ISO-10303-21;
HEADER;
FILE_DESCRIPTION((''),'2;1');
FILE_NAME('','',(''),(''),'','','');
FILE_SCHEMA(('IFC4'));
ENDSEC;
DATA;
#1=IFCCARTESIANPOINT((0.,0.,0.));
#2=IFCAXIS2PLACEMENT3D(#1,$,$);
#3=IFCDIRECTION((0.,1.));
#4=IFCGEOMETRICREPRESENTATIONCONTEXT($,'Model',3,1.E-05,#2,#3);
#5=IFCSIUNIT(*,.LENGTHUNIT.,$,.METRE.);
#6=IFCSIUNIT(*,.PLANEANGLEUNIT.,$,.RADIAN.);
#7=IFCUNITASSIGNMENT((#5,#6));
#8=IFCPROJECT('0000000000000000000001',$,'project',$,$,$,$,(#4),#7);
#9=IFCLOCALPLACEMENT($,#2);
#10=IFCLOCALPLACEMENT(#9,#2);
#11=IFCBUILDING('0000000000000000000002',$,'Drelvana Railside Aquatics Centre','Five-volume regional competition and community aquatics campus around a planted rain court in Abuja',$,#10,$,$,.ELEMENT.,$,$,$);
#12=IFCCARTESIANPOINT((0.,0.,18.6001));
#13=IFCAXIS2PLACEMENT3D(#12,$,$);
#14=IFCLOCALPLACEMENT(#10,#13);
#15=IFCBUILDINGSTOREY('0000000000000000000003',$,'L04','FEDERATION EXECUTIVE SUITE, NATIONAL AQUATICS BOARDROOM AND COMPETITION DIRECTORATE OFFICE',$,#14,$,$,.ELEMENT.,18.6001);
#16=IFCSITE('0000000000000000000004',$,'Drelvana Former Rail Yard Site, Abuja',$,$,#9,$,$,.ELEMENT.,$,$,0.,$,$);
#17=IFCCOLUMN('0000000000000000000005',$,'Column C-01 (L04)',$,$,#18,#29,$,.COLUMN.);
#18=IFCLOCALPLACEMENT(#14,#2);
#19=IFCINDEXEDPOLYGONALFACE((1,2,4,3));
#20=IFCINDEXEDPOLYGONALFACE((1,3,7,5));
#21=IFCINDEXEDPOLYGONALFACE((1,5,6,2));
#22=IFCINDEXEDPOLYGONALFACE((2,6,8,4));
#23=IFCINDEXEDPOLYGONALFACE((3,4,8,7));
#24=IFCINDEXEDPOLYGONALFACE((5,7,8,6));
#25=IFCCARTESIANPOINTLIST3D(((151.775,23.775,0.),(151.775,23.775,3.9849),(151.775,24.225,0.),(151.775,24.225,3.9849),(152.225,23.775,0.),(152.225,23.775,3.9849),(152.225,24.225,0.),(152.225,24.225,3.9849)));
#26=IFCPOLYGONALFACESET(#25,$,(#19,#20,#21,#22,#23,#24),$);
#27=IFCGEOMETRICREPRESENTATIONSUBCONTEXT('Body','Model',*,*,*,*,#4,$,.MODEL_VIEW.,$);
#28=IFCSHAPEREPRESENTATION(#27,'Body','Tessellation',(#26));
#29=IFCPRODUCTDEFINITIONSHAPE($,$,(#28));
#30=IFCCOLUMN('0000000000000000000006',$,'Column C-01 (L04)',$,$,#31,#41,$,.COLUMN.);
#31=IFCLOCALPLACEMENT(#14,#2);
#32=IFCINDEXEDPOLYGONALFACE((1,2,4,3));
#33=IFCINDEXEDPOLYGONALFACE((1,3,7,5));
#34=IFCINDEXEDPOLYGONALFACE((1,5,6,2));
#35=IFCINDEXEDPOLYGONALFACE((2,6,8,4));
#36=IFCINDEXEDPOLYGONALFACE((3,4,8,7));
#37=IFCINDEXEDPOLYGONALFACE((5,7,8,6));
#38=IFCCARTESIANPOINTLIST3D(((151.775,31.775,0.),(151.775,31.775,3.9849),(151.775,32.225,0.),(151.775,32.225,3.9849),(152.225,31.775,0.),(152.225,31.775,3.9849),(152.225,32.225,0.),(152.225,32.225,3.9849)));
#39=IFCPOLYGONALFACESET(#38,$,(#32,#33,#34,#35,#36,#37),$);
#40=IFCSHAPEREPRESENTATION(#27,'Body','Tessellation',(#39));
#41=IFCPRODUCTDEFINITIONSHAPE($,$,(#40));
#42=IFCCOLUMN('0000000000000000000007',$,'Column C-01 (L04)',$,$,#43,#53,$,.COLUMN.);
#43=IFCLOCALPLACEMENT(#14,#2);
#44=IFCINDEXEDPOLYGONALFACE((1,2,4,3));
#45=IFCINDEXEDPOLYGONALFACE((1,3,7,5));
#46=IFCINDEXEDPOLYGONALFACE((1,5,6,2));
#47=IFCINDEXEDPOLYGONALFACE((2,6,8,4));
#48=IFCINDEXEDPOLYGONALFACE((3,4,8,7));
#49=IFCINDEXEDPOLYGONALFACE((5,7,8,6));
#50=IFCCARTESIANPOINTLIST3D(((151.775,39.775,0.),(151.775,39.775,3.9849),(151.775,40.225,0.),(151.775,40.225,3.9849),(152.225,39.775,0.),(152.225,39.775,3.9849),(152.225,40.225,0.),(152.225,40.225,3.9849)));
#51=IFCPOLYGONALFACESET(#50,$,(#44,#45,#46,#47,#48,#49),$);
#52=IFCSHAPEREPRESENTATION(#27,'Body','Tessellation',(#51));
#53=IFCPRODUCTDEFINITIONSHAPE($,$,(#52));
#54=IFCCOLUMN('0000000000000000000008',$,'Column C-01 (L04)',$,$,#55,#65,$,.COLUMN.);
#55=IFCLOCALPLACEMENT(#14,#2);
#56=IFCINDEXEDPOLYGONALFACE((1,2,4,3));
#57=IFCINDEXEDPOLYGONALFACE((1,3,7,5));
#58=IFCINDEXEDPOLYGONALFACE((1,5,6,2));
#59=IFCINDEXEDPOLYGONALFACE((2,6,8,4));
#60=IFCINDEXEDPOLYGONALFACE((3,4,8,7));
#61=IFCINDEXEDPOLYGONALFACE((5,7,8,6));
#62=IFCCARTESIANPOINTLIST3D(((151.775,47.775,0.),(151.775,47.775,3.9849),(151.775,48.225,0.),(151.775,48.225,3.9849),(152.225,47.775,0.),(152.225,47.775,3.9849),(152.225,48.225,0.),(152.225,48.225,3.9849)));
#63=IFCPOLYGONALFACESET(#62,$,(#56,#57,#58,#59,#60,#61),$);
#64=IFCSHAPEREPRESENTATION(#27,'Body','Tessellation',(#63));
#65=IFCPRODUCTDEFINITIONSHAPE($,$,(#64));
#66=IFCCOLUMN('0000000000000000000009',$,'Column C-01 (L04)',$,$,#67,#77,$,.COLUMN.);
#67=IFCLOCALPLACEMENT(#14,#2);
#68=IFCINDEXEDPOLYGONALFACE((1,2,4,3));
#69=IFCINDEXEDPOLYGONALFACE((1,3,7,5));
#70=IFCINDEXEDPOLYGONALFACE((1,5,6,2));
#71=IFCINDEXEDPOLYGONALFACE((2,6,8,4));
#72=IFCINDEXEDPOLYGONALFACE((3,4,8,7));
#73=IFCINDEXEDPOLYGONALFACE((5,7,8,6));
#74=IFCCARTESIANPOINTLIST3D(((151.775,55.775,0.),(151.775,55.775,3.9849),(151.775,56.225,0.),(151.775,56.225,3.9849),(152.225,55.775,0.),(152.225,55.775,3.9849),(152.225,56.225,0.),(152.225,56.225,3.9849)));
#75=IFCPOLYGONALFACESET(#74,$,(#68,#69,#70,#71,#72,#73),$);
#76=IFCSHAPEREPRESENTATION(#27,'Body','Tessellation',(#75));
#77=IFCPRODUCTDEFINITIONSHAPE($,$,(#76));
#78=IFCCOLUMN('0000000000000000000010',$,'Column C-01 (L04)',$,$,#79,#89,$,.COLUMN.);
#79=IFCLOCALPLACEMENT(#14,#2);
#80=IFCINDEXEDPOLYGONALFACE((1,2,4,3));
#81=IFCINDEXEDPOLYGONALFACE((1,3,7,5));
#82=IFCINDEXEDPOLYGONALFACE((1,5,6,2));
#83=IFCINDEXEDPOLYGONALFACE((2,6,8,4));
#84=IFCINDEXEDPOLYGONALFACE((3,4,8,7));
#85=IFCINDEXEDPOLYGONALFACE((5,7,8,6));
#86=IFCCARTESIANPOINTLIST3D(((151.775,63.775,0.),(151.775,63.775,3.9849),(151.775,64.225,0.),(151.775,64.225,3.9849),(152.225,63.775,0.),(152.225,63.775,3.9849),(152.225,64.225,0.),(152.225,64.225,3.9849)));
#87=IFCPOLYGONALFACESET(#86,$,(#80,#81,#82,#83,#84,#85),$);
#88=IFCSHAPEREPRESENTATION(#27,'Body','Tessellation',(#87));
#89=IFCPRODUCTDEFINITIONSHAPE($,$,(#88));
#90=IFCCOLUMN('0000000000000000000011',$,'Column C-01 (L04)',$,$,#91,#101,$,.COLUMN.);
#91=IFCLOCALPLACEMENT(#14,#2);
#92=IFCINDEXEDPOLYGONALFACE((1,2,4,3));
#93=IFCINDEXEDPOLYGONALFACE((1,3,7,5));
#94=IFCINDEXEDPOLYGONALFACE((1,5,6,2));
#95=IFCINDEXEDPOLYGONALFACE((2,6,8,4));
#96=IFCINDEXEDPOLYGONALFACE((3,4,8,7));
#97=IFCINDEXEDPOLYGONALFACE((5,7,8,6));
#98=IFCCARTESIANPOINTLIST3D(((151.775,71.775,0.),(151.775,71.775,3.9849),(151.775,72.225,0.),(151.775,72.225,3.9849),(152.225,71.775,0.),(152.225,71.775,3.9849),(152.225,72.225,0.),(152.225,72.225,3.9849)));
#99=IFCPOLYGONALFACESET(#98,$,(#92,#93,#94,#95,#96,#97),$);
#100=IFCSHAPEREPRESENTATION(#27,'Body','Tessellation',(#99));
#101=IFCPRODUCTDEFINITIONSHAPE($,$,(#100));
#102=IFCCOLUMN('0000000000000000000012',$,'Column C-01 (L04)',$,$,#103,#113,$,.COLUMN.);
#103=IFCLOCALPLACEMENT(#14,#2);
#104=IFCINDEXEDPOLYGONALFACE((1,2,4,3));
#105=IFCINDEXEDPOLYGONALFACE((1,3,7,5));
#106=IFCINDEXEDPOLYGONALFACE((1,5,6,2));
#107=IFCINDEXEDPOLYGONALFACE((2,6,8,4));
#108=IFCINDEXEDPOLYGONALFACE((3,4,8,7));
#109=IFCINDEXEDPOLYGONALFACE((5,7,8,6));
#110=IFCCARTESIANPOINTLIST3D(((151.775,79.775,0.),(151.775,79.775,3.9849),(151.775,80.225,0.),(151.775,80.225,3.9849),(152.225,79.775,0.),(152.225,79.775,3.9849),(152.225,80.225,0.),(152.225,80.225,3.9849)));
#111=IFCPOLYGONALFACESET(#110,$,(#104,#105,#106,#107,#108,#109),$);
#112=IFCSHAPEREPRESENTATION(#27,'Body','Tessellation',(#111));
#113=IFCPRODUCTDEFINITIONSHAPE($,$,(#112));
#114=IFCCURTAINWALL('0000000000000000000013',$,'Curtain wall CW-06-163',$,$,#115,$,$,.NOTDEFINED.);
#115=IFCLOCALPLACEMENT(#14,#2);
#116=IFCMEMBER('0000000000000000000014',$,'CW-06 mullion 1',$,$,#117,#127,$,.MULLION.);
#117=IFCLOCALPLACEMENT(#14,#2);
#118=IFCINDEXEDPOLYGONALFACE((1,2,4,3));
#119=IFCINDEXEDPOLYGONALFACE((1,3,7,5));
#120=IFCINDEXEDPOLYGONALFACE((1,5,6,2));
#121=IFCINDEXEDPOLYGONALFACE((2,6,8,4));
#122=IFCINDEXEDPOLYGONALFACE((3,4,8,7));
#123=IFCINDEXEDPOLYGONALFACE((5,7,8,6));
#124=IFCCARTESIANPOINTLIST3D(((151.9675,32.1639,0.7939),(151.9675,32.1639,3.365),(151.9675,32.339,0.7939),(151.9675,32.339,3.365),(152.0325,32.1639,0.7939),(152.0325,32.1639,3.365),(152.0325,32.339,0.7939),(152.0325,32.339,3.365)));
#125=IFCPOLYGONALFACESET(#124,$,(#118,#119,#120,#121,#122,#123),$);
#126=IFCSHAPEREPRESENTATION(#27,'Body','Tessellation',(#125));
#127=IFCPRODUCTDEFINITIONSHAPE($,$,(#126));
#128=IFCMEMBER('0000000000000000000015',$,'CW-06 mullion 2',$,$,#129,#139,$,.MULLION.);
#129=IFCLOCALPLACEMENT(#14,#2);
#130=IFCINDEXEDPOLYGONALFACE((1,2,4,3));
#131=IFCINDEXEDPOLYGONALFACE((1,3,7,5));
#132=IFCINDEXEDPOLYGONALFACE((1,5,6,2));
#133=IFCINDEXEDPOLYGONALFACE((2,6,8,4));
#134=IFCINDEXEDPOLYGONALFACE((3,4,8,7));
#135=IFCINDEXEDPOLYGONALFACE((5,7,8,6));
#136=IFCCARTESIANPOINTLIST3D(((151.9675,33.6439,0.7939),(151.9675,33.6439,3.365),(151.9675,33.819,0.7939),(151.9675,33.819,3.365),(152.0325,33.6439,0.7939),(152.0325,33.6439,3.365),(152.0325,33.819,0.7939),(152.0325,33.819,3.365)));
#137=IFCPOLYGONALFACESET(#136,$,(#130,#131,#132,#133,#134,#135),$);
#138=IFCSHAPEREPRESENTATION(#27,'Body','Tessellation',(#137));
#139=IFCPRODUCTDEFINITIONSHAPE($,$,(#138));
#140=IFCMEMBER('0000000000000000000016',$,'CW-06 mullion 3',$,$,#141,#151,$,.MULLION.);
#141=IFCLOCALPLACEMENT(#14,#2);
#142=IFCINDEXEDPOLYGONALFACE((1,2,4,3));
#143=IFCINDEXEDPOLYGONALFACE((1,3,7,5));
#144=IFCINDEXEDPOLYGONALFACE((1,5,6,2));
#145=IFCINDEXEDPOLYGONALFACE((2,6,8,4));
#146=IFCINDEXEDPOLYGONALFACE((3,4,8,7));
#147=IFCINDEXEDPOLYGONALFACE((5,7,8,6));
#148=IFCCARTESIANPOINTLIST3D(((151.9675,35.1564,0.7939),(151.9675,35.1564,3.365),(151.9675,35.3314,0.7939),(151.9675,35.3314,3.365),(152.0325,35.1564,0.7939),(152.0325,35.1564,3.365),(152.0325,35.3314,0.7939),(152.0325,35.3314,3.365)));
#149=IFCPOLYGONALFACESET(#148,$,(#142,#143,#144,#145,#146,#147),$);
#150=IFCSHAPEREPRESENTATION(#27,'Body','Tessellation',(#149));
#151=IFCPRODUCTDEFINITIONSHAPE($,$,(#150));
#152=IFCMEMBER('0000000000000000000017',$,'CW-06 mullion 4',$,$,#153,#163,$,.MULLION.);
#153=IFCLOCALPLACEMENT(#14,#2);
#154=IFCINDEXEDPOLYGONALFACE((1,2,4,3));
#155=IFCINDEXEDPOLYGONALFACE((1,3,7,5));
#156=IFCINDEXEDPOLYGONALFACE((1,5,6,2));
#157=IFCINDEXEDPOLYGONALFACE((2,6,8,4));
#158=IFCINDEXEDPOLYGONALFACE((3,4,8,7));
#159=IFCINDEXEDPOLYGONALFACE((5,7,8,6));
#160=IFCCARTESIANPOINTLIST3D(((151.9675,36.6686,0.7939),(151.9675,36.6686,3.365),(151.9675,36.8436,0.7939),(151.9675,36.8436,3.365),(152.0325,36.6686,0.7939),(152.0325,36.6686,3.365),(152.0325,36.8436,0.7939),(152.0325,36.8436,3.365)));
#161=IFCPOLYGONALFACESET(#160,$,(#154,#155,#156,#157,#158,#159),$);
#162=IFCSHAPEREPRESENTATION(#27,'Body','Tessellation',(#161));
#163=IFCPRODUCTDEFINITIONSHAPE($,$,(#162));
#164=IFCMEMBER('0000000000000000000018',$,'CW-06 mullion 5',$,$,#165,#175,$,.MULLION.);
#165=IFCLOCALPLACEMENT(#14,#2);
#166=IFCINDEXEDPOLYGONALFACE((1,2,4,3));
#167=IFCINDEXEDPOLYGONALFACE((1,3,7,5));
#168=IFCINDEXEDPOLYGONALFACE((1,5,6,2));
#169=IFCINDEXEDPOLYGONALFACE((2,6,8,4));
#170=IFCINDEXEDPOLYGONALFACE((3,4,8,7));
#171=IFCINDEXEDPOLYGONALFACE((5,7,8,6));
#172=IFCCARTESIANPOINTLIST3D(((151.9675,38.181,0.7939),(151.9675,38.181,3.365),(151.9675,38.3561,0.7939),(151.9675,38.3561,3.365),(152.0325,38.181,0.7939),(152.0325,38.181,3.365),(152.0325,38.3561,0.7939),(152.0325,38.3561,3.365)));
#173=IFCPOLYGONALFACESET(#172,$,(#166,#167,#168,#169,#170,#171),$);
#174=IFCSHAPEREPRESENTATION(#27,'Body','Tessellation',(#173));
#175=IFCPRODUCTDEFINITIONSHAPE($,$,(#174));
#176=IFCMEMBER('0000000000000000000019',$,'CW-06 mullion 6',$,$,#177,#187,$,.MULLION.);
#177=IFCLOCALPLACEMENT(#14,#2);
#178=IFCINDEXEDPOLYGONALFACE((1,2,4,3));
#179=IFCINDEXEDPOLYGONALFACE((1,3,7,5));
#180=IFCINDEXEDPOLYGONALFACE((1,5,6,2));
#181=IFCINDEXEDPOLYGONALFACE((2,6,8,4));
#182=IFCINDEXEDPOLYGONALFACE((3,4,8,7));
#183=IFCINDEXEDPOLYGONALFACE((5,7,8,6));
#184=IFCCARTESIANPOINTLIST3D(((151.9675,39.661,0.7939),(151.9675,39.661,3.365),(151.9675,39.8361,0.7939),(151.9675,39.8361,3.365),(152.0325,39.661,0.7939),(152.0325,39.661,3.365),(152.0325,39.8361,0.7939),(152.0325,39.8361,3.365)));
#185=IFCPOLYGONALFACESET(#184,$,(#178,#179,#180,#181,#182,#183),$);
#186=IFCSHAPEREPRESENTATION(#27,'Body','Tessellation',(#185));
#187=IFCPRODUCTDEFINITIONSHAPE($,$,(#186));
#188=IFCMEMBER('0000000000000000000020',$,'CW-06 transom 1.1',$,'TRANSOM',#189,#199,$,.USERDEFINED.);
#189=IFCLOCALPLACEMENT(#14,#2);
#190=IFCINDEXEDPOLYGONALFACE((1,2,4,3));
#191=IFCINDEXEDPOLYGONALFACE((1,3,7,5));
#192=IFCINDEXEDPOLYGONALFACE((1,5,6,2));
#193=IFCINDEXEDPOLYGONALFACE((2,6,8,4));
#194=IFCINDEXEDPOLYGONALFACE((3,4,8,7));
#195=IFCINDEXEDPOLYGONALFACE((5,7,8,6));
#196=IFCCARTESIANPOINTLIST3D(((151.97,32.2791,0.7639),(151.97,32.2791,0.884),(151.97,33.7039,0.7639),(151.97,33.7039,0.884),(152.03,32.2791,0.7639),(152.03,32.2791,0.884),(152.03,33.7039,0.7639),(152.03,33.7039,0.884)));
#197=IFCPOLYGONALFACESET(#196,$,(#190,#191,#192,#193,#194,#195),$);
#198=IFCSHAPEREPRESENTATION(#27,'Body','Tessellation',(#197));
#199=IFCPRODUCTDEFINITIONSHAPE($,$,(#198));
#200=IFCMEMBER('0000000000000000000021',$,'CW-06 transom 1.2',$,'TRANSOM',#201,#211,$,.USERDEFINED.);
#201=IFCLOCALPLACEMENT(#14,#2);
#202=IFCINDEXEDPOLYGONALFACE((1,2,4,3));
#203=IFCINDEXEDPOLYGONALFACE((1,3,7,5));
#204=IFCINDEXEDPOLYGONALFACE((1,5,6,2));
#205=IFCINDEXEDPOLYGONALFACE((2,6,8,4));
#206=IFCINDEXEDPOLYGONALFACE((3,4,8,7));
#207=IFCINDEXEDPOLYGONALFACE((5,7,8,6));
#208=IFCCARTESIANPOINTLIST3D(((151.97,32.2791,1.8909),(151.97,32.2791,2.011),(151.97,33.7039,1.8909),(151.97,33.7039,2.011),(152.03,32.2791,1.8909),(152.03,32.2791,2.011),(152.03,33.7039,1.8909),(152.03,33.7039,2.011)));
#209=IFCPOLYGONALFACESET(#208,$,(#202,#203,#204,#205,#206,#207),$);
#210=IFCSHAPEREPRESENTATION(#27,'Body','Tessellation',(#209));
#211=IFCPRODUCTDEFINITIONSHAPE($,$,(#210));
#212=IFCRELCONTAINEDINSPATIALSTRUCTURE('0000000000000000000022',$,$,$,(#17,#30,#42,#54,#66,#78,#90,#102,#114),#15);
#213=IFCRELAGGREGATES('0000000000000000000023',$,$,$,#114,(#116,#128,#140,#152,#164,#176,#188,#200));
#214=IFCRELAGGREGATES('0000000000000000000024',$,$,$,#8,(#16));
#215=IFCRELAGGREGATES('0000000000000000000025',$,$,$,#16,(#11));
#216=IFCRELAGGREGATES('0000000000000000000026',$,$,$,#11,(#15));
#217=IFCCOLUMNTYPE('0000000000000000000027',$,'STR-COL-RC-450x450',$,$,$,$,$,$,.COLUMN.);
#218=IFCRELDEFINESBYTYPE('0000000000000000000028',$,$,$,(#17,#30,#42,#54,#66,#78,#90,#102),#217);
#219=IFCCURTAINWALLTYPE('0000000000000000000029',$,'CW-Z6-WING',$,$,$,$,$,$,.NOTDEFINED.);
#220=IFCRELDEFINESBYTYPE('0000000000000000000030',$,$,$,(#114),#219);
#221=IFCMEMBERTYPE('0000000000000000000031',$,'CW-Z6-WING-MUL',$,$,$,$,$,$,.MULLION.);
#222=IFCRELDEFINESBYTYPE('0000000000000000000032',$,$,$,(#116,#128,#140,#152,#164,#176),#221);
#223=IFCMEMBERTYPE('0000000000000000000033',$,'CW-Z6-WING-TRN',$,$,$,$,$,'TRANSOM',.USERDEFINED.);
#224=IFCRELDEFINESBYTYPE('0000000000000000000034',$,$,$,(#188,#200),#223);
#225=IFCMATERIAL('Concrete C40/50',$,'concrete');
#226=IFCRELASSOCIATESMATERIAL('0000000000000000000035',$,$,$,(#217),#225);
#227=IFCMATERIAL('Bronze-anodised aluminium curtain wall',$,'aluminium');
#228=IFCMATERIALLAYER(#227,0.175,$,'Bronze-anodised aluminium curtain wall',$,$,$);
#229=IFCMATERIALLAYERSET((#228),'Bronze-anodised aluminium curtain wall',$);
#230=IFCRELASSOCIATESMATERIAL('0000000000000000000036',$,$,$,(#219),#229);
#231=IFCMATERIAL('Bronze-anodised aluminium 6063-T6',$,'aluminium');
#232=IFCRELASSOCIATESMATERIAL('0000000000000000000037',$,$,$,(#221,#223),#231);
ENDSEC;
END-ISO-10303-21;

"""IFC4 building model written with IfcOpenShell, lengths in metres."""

from ifc_helpers import new_model, si_unit, direction, frame, origin, origin_2d, place, context, subcontext, project, spatial, rectangle, extrude, material, layer, layer_set, material_profile, profile_set, type_object, element, aggregate, save


model = new_model("IFC4")

# Units and contexts
model_context = context("Model", 3, precision=1e-05, world=origin(), true_north=direction((0.0, 1.0)))
body_context = subcontext(model_context, "Body", "Model", "MODEL_VIEW")
ifc_project = project(units=[si_unit("LENGTHUNIT", "METRE"), si_unit("PLANEANGLEUNIT", "RADIAN")], contexts=[model_context])

# Site, building, storey
site_placement = place(None, origin())
site = spatial("IfcSite", under=ifc_project, at=site_placement, Name="Drelvana Former Rail Yard Site, Abuja", CompositionType="ELEMENT", RefElevation=0.0)
building_placement = place(site_placement, origin())
building = spatial("IfcBuilding", under=site, at=building_placement, Name="Drelvana Railside Aquatics Centre", Description="Five-volume regional competition and community aquatics campus around a planted rain court in Abuja", CompositionType="ELEMENT")
storey_placement = place(building_placement, frame((0.0, 0.0, 18.6001)))
storey = spatial("IfcBuildingStorey", under=building, at=storey_placement, Name="L04", Description="FEDERATION EXECUTIVE SUITE, NATIONAL AQUATICS BOARDROOM AND COMPETITION DIRECTORATE OFFICE", CompositionType="ELEMENT", Elevation=18.6001)

# Columns
ifc_material_1 = material(Name="Concrete C40/50", Category="concrete")
ifc_material_profile_1 = material_profile(ifc_material_1, rectangle(XDim=0.45, YDim=0.45, at=origin_2d()), Name="RC 450x450")
ifc_profile_set_1 = profile_set([ifc_material_profile_1], Name="Concrete C40/50")
column_type = type_object("IfcColumnType", Name="STR-COL-RC-450x450", PredefinedType="COLUMN", material=ifc_profile_set_1)
for number, where, z_axis, x_axis, name in (
    (1, (152.0, 24.0, 0.0), (0.0, 0.0, 1.0), (1.0, 0.0, 0.0), "Column C-01 (L04)"),
    (2, (152.0, 32.0, 0.0), (0.0, 0.0, 1.0), (1.0, 0.0, 0.0), "Column C-01 (L04)"),
    (3, (152.0, 40.0, 0.0), (0.0, 0.0, 1.0), (1.0, 0.0, 0.0), "Column C-01 (L04)"),
    (4, (152.0, 48.0, 0.0), (0.0, 0.0, 1.0), (1.0, 0.0, 0.0), "Column C-01 (L04)"),
    (5, (152.0, 56.0, 0.0), (0.0, 0.0, 1.0), (1.0, 0.0, 0.0), "Column C-01 (L04)"),
    (6, (152.0, 64.0, 0.0), (0.0, 0.0, 1.0), (1.0, 0.0, 0.0), "Column C-01 (L04)"),
    (7, (152.0, 72.0, 0.0), (0.0, 0.0, 1.0), (1.0, 0.0, 0.0), "Column C-01 (L04)"),
    (8, (152.0, 80.0, 0.0), (0.0, 0.0, 1.0), (1.0, 0.0, 0.0), "Column C-01 (L04)"),
):
    element("IfcColumn", number, at=place(storey_placement, frame(where, z_axis=z_axis, x_axis=x_axis)), inside=storey, type_object=column_type, Name=name, PredefinedType="COLUMN", context=body_context, shape_type="SweptSolid", body=[
        extrude(rectangle(XDim=0.45, YDim=0.45, at=origin_2d()), origin(), (0.0, 0.0, 1.0), 3.9849),
    ])

# Curtain wall, members
ifc_material_2 = material(Name="Bronze-anodised aluminium curtain wall", Category="aluminium")
ifc_layer_1 = layer(ifc_material_2, 0.175, Name="Bronze-anodised aluminium curtain wall")
ifc_layer_set_1 = layer_set([ifc_layer_1], Name="Bronze-anodised aluminium curtain wall")
curtain_wall_type = type_object("IfcCurtainWallType", Name="CW-Z6-WING", PredefinedType="NOTDEFINED", material=ifc_layer_set_1)
curtain_wall_placement = place(storey_placement, origin())
curtain_wall = element("IfcCurtainWall", 9, at=curtain_wall_placement, inside=storey, type_object=curtain_wall_type, Name="Curtain wall CW-06-163", PredefinedType="NOTDEFINED")
ifc_material_3 = material(Name="Bronze-anodised aluminium 6063-T6", Category="aluminium")
ifc_material_profile_2 = material_profile(ifc_material_3, rectangle(XDim=0.0649, YDim=0.175, at=origin_2d()), Name="ALU-M 65x175")
ifc_profile_set_2 = profile_set([ifc_material_profile_2], Name="Bronze-anodised aluminium 6063-T6")
member_type_1 = type_object("IfcMemberType", Name="CW-Z6-WING-MUL", PredefinedType="MULLION", material=ifc_profile_set_2)
member_1_placement = place(storey_placement, frame((152.0, 32.2515, 0.7939), z_axis=(0.0, 0.0, 1.0), x_axis=(-1.0, 0.0, 0.0)))
member_1 = element("IfcMember", 10, at=member_1_placement, type_object=member_type_1, Name="CW-06 mullion 1", PredefinedType="MULLION", context=body_context, shape_type="SweptSolid", body=[
    extrude(rectangle(XDim=0.0649, YDim=0.175, at=origin_2d()), origin(), (0.0, 0.0, 1.0), 2.571),
])
member_2_placement = place(storey_placement, frame((152.0, 33.7314, 0.7939), z_axis=(0.0, 0.0, 1.0), x_axis=(-1.0, 0.0, 0.0)))
member_2 = element("IfcMember", 11, at=member_2_placement, type_object=member_type_1, Name="CW-06 mullion 2", PredefinedType="MULLION", context=body_context, shape_type="SweptSolid", body=[
    extrude(rectangle(XDim=0.0649, YDim=0.175, at=origin_2d()), origin(), (0.0, 0.0, 1.0), 2.571),
])
member_3_placement = place(storey_placement, frame((152.0, 35.2439, 0.7939), z_axis=(0.0, 0.0, 1.0), x_axis=(-1.0, 0.0, 0.0)))
member_3 = element("IfcMember", 12, at=member_3_placement, type_object=member_type_1, Name="CW-06 mullion 3", PredefinedType="MULLION", context=body_context, shape_type="SweptSolid", body=[
    extrude(rectangle(XDim=0.0649, YDim=0.175, at=origin_2d()), origin(), (0.0, 0.0, 1.0), 2.571),
])
member_4_placement = place(storey_placement, frame((152.0, 36.7561, 0.7939), z_axis=(0.0, 0.0, 1.0), x_axis=(-1.0, 0.0, 0.0)))
member_4 = element("IfcMember", 13, at=member_4_placement, type_object=member_type_1, Name="CW-06 mullion 4", PredefinedType="MULLION", context=body_context, shape_type="SweptSolid", body=[
    extrude(rectangle(XDim=0.0649, YDim=0.175, at=origin_2d()), origin(), (0.0, 0.0, 1.0), 2.571),
])
member_5_placement = place(storey_placement, frame((152.0, 38.2686, 0.7939), z_axis=(0.0, 0.0, 1.0), x_axis=(-1.0, 0.0, 0.0)))
member_5 = element("IfcMember", 14, at=member_5_placement, type_object=member_type_1, Name="CW-06 mullion 5", PredefinedType="MULLION", context=body_context, shape_type="SweptSolid", body=[
    extrude(rectangle(XDim=0.0649, YDim=0.175, at=origin_2d()), origin(), (0.0, 0.0, 1.0), 2.571),
])
member_6_placement = place(storey_placement, frame((152.0, 39.7485, 0.7939), z_axis=(0.0, 0.0, 1.0), x_axis=(-1.0, 0.0, 0.0)))
member_6 = element("IfcMember", 15, at=member_6_placement, type_object=member_type_1, Name="CW-06 mullion 6", PredefinedType="MULLION", context=body_context, shape_type="SweptSolid", body=[
    extrude(rectangle(XDim=0.0649, YDim=0.175, at=origin_2d()), origin(), (0.0, 0.0, 1.0), 2.571),
])
ifc_material_profile_3 = material_profile(ifc_material_3, rectangle(XDim=0.1201, YDim=0.0601, at=origin_2d()), Name="ALU-T 60x120")
ifc_profile_set_3 = profile_set([ifc_material_profile_3], Name="Bronze-anodised aluminium 6063-T6")
member_type_2 = type_object("IfcMemberType", Name="CW-Z6-WING-TRN", ElementType="TRANSOM", PredefinedType="USERDEFINED", material=ifc_profile_set_3)
member_7_placement = place(storey_placement, frame((152.0, 32.2791, 0.824), z_axis=(0.0, 1.0, 0.0), x_axis=(0.0, 0.0, 1.0)))
member_7 = element("IfcMember", 16, at=member_7_placement, type_object=member_type_2, Name="CW-06 transom 1.1", ObjectType="TRANSOM", PredefinedType="USERDEFINED", context=body_context, shape_type="SweptSolid", body=[
    extrude(rectangle(XDim=0.1201, YDim=0.0601, at=origin_2d()), origin(), (0.0, 0.0, 1.0), 1.4248),
])
member_8_placement = place(storey_placement, frame((152.0, 32.2791, 1.9509), z_axis=(0.0, 1.0, 0.0), x_axis=(0.0, 0.0, 1.0)))
member_8 = element("IfcMember", 17, at=member_8_placement, type_object=member_type_2, Name="CW-06 transom 1.2", ObjectType="TRANSOM", PredefinedType="USERDEFINED", context=body_context, shape_type="SweptSolid", body=[
    extrude(rectangle(XDim=0.1201, YDim=0.0601, at=origin_2d()), origin(), (0.0, 0.0, 1.0), 1.4248),
])

aggregate(curtain_wall, [member_1, member_2, member_3, member_4, member_5, member_6, member_7, member_8])

save(model, "model.ifc")
